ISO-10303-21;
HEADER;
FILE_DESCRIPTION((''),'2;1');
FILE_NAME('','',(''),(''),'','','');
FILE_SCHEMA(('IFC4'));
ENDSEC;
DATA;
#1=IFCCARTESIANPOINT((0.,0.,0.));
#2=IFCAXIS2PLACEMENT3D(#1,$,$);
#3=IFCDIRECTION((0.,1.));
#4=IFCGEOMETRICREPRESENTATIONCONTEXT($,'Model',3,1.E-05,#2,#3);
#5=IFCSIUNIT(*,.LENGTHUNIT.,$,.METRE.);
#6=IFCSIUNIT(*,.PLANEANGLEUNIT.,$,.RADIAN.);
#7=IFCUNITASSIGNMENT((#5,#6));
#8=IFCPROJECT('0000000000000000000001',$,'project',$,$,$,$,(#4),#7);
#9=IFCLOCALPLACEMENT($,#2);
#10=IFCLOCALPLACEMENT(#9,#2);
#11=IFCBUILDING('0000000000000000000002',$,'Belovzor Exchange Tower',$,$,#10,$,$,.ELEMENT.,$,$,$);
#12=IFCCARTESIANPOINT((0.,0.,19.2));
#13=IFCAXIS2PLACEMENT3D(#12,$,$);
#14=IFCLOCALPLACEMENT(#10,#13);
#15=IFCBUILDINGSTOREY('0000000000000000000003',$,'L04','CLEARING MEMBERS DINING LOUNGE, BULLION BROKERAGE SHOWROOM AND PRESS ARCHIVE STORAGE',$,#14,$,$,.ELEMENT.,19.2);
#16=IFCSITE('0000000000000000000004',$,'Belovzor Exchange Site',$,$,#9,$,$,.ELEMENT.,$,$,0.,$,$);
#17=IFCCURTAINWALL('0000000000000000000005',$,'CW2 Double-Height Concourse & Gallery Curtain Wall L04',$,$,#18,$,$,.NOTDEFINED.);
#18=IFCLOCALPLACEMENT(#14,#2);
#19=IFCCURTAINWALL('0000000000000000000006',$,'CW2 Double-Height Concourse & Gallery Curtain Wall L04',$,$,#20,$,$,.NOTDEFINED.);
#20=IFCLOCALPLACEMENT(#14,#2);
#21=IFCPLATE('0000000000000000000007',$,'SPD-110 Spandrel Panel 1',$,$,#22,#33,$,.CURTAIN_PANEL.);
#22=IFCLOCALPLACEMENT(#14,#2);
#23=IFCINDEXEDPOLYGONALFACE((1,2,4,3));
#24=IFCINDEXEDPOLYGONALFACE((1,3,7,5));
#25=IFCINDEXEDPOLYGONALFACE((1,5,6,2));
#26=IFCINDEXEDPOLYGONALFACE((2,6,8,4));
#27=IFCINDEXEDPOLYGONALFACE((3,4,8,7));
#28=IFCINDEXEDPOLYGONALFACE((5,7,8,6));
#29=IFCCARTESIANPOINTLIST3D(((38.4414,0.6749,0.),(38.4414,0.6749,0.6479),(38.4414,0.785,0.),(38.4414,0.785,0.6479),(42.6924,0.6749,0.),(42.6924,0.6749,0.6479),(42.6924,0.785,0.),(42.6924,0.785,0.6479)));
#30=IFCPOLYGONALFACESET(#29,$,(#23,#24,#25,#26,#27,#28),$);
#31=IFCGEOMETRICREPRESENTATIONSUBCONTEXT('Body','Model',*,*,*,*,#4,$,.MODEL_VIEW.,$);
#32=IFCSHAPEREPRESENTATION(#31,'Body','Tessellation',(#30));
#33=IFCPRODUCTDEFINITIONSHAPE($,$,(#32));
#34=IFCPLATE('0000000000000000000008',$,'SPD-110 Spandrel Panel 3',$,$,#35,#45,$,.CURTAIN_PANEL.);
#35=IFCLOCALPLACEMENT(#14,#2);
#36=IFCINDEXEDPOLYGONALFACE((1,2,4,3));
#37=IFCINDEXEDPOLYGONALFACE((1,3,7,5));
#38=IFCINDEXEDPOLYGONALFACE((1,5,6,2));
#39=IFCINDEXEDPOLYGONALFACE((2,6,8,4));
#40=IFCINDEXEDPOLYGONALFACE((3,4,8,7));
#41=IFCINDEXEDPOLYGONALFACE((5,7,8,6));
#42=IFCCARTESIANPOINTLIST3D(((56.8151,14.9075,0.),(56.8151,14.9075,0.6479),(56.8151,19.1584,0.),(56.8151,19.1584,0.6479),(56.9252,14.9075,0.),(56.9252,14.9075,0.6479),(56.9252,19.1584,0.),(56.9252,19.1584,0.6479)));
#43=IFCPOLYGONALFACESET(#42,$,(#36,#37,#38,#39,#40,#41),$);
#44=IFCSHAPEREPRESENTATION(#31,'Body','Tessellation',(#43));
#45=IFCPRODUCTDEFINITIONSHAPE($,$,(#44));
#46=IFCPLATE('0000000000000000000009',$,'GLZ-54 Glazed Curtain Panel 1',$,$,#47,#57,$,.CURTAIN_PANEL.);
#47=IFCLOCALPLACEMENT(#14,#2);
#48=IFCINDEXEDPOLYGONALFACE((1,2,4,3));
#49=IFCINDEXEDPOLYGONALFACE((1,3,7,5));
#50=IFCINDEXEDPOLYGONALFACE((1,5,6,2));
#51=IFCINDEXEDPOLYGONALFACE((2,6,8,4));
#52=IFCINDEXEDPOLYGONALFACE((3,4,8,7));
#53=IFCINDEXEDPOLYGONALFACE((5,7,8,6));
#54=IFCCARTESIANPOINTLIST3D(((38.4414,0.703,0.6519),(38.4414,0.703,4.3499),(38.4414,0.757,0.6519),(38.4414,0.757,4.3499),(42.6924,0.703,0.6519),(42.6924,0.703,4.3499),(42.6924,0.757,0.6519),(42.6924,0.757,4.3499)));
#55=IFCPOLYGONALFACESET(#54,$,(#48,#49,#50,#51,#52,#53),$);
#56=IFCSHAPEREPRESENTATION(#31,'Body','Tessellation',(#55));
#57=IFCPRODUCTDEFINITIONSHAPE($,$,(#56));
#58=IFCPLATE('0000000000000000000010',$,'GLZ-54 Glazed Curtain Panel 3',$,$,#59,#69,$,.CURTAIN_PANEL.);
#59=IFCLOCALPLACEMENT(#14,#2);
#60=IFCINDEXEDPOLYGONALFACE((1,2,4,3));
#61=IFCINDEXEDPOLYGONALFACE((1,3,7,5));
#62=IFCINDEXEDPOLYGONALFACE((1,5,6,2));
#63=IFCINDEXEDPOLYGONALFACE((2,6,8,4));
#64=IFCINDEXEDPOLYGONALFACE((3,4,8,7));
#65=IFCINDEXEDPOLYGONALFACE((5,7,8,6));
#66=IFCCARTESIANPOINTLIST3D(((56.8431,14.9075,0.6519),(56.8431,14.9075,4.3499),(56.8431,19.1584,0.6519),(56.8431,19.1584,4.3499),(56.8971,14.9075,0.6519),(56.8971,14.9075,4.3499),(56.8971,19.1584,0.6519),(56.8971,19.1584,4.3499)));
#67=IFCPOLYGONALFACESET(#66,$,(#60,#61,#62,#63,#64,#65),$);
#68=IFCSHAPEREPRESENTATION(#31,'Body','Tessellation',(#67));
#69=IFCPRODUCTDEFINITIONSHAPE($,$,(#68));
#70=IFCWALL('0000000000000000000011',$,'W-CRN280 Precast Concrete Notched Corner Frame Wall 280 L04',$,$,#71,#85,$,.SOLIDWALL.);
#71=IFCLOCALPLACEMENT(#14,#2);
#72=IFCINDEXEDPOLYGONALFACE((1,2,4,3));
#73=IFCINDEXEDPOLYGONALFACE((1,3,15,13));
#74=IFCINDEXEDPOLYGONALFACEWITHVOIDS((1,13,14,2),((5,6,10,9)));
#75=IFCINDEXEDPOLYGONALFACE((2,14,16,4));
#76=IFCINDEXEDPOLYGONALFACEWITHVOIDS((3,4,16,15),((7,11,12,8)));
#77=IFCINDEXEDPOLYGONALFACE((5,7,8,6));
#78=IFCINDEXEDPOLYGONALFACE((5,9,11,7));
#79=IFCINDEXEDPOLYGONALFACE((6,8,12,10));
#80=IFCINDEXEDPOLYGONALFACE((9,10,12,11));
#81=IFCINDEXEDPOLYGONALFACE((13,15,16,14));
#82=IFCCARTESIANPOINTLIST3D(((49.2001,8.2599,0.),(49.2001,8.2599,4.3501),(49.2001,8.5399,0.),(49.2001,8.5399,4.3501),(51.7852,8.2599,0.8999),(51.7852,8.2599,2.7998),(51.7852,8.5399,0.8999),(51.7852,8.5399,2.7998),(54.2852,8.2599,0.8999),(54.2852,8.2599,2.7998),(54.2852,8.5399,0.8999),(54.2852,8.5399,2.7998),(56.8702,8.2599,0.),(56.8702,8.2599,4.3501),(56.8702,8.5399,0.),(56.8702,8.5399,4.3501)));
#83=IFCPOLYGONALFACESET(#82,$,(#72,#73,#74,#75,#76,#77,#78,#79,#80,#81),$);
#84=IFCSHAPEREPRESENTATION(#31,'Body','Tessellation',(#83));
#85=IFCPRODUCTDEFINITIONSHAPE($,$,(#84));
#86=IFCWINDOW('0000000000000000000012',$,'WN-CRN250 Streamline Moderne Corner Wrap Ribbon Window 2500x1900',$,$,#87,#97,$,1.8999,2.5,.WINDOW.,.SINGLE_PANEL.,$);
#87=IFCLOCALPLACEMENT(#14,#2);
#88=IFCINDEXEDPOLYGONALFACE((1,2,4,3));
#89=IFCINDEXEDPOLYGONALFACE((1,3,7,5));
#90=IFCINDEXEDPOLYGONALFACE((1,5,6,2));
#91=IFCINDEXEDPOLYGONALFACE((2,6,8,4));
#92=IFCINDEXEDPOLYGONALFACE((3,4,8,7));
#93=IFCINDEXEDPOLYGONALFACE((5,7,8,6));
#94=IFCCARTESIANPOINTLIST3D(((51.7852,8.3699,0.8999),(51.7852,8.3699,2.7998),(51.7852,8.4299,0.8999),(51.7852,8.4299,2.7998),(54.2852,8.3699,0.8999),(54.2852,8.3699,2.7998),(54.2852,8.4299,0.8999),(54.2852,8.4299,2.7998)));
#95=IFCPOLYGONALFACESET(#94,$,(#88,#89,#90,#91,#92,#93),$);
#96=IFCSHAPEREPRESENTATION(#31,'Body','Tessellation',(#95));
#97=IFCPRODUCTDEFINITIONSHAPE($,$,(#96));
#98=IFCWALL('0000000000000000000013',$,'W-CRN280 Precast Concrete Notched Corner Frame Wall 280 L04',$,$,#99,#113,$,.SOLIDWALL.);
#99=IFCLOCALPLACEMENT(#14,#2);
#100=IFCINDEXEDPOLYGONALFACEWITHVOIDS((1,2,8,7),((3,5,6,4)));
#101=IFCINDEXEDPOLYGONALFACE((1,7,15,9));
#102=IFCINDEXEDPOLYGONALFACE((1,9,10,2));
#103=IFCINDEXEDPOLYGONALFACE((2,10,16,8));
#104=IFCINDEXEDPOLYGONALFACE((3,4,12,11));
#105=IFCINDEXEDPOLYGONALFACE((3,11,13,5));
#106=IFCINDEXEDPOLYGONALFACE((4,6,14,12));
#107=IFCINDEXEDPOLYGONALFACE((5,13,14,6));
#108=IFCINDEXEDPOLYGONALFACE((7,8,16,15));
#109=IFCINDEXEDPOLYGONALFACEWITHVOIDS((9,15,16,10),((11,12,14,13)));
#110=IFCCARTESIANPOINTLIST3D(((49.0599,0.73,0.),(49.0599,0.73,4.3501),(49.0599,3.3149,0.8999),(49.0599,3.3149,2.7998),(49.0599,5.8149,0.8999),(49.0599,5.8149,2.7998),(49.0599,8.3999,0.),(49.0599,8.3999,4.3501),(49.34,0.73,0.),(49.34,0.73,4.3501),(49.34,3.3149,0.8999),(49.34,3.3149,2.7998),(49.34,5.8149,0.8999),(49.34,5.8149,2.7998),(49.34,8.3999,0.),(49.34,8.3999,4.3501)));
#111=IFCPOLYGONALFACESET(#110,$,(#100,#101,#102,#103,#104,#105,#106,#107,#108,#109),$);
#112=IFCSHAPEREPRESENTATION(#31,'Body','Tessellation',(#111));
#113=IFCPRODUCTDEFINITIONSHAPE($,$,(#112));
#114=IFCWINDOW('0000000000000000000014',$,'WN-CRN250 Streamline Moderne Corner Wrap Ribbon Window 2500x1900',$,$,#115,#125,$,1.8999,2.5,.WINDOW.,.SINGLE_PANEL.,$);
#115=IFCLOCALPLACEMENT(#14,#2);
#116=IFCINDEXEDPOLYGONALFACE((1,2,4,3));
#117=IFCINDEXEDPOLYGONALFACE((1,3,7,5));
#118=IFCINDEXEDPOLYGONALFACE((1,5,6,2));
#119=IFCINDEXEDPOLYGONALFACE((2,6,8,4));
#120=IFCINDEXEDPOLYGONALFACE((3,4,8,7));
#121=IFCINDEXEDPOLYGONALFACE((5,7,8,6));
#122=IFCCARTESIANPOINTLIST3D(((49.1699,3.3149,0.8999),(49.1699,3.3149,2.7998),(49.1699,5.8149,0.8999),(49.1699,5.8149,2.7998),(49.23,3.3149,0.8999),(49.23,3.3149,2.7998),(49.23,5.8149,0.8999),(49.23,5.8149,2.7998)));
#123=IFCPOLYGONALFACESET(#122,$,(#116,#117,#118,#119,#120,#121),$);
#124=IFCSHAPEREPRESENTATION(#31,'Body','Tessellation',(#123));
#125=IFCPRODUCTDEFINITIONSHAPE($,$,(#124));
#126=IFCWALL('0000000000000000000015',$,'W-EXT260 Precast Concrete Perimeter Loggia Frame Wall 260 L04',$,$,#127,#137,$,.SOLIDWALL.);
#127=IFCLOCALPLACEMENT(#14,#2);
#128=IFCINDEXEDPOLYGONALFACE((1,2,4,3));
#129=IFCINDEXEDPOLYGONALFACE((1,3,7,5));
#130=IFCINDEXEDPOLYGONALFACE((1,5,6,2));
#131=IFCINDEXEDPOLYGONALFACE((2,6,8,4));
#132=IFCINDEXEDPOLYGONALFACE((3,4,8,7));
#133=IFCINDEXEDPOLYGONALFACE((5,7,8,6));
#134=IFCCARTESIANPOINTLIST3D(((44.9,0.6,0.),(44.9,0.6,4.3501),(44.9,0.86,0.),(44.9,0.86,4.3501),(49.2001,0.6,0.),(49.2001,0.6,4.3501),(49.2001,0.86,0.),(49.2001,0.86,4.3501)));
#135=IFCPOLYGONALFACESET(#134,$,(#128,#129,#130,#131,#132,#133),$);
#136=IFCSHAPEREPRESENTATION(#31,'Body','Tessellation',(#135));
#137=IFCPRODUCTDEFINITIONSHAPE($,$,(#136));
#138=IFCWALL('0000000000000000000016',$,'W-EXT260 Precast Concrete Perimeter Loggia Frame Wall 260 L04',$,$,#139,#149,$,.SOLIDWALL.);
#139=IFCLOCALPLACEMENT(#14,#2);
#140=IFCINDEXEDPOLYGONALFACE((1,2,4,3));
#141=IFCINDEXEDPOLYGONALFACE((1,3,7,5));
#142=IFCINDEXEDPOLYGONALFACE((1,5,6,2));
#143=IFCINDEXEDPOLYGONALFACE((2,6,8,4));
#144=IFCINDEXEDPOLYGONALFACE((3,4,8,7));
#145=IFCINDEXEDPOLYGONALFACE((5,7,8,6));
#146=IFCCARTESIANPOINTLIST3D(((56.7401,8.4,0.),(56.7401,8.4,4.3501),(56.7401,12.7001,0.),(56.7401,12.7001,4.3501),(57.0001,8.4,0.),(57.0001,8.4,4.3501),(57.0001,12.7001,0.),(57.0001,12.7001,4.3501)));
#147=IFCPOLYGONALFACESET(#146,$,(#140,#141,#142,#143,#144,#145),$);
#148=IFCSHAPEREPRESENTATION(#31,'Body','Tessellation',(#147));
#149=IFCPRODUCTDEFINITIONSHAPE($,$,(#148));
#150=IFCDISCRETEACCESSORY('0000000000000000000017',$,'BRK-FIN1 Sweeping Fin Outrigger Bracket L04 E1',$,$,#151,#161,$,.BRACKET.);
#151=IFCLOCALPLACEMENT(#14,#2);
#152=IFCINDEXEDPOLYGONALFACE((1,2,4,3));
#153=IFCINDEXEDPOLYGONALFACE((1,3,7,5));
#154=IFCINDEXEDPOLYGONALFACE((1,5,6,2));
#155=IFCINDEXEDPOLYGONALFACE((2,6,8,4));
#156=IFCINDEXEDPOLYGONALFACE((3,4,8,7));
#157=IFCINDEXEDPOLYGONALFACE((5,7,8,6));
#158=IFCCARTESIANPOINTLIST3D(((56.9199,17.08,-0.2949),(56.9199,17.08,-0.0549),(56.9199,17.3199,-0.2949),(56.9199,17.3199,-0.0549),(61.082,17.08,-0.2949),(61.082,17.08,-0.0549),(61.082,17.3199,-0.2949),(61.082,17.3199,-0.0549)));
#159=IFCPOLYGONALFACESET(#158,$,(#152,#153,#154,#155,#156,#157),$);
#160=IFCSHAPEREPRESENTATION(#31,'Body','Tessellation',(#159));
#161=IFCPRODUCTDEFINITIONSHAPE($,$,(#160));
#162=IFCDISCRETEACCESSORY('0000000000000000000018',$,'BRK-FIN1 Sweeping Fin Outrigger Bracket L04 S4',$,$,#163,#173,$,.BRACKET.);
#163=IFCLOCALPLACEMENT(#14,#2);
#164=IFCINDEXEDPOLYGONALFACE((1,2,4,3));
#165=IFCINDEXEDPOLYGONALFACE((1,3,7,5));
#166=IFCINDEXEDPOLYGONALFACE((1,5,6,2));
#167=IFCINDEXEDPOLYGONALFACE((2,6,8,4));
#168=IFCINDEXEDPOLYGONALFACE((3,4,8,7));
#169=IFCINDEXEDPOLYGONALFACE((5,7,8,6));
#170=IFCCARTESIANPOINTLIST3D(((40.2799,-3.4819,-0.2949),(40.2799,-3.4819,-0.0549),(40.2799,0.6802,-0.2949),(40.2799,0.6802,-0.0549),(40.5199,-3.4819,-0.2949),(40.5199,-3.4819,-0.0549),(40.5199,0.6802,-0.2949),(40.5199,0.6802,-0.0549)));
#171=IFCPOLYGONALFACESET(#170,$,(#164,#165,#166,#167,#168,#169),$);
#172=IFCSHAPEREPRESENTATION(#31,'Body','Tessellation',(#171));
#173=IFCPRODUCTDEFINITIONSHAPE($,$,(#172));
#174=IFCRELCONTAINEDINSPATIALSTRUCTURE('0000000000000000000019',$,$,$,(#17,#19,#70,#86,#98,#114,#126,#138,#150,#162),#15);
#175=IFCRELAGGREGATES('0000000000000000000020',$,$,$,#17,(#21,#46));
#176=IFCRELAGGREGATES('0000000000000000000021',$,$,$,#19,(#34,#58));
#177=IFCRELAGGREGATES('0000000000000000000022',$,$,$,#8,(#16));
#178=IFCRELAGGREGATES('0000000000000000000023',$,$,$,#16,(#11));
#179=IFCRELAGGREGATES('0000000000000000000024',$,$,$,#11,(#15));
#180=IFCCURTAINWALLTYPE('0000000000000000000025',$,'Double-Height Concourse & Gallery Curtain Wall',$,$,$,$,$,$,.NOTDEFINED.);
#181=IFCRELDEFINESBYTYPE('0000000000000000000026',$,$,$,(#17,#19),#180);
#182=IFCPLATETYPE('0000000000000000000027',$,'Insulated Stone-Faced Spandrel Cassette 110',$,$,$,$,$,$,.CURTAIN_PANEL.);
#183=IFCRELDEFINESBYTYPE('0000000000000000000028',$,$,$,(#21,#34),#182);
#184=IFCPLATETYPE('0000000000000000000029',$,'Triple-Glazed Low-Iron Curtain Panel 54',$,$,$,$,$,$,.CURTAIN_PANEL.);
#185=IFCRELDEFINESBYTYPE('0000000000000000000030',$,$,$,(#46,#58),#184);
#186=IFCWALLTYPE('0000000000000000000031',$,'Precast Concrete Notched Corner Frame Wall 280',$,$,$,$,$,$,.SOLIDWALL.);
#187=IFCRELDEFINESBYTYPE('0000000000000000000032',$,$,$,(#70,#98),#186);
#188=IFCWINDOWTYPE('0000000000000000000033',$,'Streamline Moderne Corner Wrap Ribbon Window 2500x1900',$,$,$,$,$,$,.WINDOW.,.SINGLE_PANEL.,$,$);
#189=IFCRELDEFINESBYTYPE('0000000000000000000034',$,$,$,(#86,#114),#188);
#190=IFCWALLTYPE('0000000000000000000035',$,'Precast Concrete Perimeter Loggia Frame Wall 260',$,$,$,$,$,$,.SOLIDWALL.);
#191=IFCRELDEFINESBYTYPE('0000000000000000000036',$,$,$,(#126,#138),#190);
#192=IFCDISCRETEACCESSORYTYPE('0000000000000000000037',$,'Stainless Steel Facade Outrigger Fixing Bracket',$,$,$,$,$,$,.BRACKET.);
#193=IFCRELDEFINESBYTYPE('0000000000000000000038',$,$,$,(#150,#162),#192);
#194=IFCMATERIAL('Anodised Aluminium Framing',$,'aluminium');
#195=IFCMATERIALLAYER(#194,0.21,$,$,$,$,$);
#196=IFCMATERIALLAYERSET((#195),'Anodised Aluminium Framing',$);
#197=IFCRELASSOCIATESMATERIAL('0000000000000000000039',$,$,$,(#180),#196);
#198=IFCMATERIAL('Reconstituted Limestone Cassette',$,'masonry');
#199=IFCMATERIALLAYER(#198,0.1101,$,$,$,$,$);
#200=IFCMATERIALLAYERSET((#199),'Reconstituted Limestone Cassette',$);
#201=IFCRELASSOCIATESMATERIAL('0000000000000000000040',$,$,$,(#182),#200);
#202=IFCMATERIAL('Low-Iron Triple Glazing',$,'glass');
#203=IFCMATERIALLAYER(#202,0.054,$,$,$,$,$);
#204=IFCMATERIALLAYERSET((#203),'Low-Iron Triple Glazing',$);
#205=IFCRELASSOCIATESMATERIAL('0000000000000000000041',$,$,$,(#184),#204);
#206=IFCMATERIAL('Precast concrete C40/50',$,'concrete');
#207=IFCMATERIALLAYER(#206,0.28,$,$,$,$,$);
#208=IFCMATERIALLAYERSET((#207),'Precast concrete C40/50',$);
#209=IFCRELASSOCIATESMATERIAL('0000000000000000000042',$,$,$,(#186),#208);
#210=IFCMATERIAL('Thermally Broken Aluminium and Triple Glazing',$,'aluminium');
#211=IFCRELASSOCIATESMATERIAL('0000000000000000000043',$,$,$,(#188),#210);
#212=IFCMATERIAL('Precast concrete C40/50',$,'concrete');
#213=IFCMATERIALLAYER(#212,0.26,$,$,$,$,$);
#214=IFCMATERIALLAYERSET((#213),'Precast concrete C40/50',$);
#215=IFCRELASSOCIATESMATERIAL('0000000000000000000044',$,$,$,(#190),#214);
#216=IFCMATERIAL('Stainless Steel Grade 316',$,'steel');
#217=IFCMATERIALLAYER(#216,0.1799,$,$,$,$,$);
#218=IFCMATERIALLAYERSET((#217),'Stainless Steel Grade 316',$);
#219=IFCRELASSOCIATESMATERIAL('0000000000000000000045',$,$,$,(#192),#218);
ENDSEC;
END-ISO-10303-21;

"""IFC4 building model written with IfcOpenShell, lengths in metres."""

from ifc_helpers import new_model, si_unit, direction, frame, frame_2d, origin, origin_2d, place, context, subcontext, project, spatial, rectangle, extrude, material, layer, layer_set, type_object, element, fill, aggregate, save


model = new_model("IFC4")

# Units and contexts
model_context = context("Model", 3, precision=1e-05, world=origin(), true_north=direction((0.0, 1.0)))
body_context = subcontext(model_context, "Body", "Model", "MODEL_VIEW")
ifc_project = project(units=[si_unit("LENGTHUNIT", "METRE"), si_unit("PLANEANGLEUNIT", "RADIAN")], contexts=[model_context])

# Site, building, storey
site_placement = place(None, origin())
site = spatial("IfcSite", under=ifc_project, at=site_placement, Name="Belovzor Exchange Site", CompositionType="ELEMENT", RefElevation=0.0)
building_placement = place(site_placement, origin())
building = spatial("IfcBuilding", under=site, at=building_placement, Name="Belovzor Exchange Tower", CompositionType="ELEMENT")
storey_placement = place(building_placement, frame((0.0, 0.0, 19.2)))
storey = spatial("IfcBuildingStorey", under=building, at=storey_placement, Name="L04", Description="CLEARING MEMBERS DINING LOUNGE, BULLION BROKERAGE SHOWROOM AND PRESS ARCHIVE STORAGE", CompositionType="ELEMENT", Elevation=19.2)

# Curtain walls
ifc_material_1 = material(Name="Anodised Aluminium Framing", Category="aluminium")
ifc_layer_1 = layer(ifc_material_1, 0.21)
ifc_layer_set_1 = layer_set([ifc_layer_1], Name="Anodised Aluminium Framing")
curtain_wall_type = type_object("IfcCurtainWallType", Name="Double-Height Concourse & Gallery Curtain Wall", PredefinedType="NOTDEFINED", material=ifc_layer_set_1)
curtain_wall_1_placement = place(storey_placement, origin())
curtain_wall_1 = element("IfcCurtainWall", 1, at=curtain_wall_1_placement, inside=storey, type_object=curtain_wall_type, Name="CW2 Double-Height Concourse & Gallery Curtain Wall L04", PredefinedType="NOTDEFINED")
curtain_wall_2_placement = place(storey_placement, origin())
curtain_wall_2 = element("IfcCurtainWall", 2, at=curtain_wall_2_placement, inside=storey, type_object=curtain_wall_type, Name="CW2 Double-Height Concourse & Gallery Curtain Wall L04", PredefinedType="NOTDEFINED")

# Plates
ifc_material_2 = material(Name="Reconstituted Limestone Cassette", Category="masonry")
ifc_layer_2 = layer(ifc_material_2, 0.1101)
ifc_layer_set_2 = layer_set([ifc_layer_2], Name="Reconstituted Limestone Cassette")
plate_type_1 = type_object("IfcPlateType", Name="Insulated Stone-Faced Spandrel Cassette 110", PredefinedType="CURTAIN_PANEL", material=ifc_layer_set_2)
plate_1_placement = place(storey_placement, frame((40.5669, 0.73, 0.0), z_axis=(0.0, 0.0, 1.0), x_axis=(-1.0, 0.0, 0.0)))
plate_1 = element("IfcPlate", 3, at=plate_1_placement, type_object=plate_type_1, Name="SPD-110 Spandrel Panel 1", PredefinedType="CURTAIN_PANEL", context=body_context, shape_type="SweptSolid", body=[
    extrude(rectangle(XDim=4.251, YDim=0.1101, at=origin_2d()), origin(), (0.0, 0.0, 1.0), 0.6479),
])
plate_2_placement = place(storey_placement, frame((56.8701, 17.033, 0.0), z_axis=(0.0, 0.0, 1.0), x_axis=(0.0, -1.0, 0.0)))
plate_2 = element("IfcPlate", 4, at=plate_2_placement, type_object=plate_type_1, Name="SPD-110 Spandrel Panel 3", PredefinedType="CURTAIN_PANEL", context=body_context, shape_type="SweptSolid", body=[
    extrude(rectangle(XDim=4.251, YDim=0.1101, at=origin_2d()), origin(), (0.0, 0.0, 1.0), 0.6479),
])
ifc_material_3 = material(Name="Low-Iron Triple Glazing", Category="glass")
ifc_layer_3 = layer(ifc_material_3, 0.054)
ifc_layer_set_3 = layer_set([ifc_layer_3], Name="Low-Iron Triple Glazing")
plate_type_2 = type_object("IfcPlateType", Name="Triple-Glazed Low-Iron Curtain Panel 54", PredefinedType="CURTAIN_PANEL", material=ifc_layer_set_3)
plate_3_placement = place(storey_placement, frame((40.5669, 0.73, 0.6519), z_axis=(0.0, 0.0, 1.0), x_axis=(-1.0, 0.0, 0.0)))
plate_3 = element("IfcPlate", 5, at=plate_3_placement, type_object=plate_type_2, Name="GLZ-54 Glazed Curtain Panel 1", PredefinedType="CURTAIN_PANEL", context=body_context, shape_type="SweptSolid", body=[
    extrude(rectangle(XDim=4.251, YDim=0.054, at=origin_2d()), origin(), (0.0, 0.0, 1.0), 3.698),
])
aggregate(curtain_wall_1, [plate_1, plate_3])
plate_4_placement = place(storey_placement, frame((56.8701, 17.033, 0.6519), z_axis=(0.0, 0.0, 1.0), x_axis=(0.0, -1.0, 0.0)))
plate_4 = element("IfcPlate", 6, at=plate_4_placement, type_object=plate_type_2, Name="GLZ-54 Glazed Curtain Panel 3", PredefinedType="CURTAIN_PANEL", context=body_context, shape_type="SweptSolid", body=[
    extrude(rectangle(XDim=4.251, YDim=0.054, at=origin_2d()), origin(), (0.0, 0.0, 1.0), 3.698),
])
aggregate(curtain_wall_2, [plate_2, plate_4])

# Walls, openings, windows
ifc_material_4 = material(Name="Precast concrete C40/50", Category="concrete")
ifc_layer_4 = layer(ifc_material_4, 0.28)
ifc_layer_set_4 = layer_set([ifc_layer_4], Name="Precast concrete C40/50")
wall_type_1 = type_object("IfcWallType", Name="Precast Concrete Notched Corner Frame Wall 280", PredefinedType="SOLIDWALL", material=ifc_layer_set_4)
wall_1_placement = place(storey_placement, frame((56.8701, 8.3999, 0.0), z_axis=(0.0, 0.0, 1.0), x_axis=(-1.0, 0.0, 0.0)))
wall_1 = element("IfcWall", 7, at=wall_1_placement, inside=storey, type_object=wall_type_1, Name="W-CRN280 Precast Concrete Notched Corner Frame Wall 280 L04", PredefinedType="SOLIDWALL", context=body_context, shape_type="SweptSolid", body=[
    extrude(rectangle(XDim=7.6702, YDim=0.28, at=frame_2d((3.835, 0.0))), origin(), (0.0, 0.0, 1.0), 4.3501),
])
opening_1_placement = place(wall_1_placement, frame((2.585, 0.0, 0.8999)))
opening_1 = element("IfcOpeningElement", 8, at=opening_1_placement, cuts=wall_1, PredefinedType="OPENING", context=body_context, shape_type="SweptSolid", body=[
    extrude(rectangle(XDim=2.5, YDim=1.8999, at=frame_2d((1.25, 0.95))), frame((0.0, 0.1499, 0.0), z_axis=(0.0, -1.0, 0.0), x_axis=(1.0, 0.0, 0.0)), (0.0, 0.0, 1.0), 0.3),
])
ifc_material_5 = material(Name="Thermally Broken Aluminium and Triple Glazing", Category="aluminium")
window_type = type_object("IfcWindowType", Name="Streamline Moderne Corner Wrap Ribbon Window 2500x1900", PartitioningType="SINGLE_PANEL", PredefinedType="WINDOW", material=ifc_material_5)
window_1_placement = place(opening_1_placement, origin())
window_1 = element("IfcWindow", 9, at=window_1_placement, inside=storey, type_object=window_type, Name="WN-CRN250 Streamline Moderne Corner Wrap Ribbon Window 2500x1900", OverallHeight=1.8999, OverallWidth=2.5, PartitioningType="SINGLE_PANEL", PredefinedType="WINDOW", context=body_context, shape_type="SweptSolid", body=[
    extrude(rectangle(XDim=2.5, YDim=1.8999, at=frame_2d((1.25, 0.95))), frame((0.0, 0.03, 0.0), z_axis=(0.0, -1.0, 0.0), x_axis=(1.0, 0.0, 0.0)), (0.0, 0.0, 1.0), 0.0601),
])
fill(opening_1, window_1)
wall_2_placement = place(storey_placement, frame((49.2, 8.3999, 0.0), z_axis=(0.0, 0.0, 1.0), x_axis=(0.0, -1.0, 0.0)))
wall_2 = element("IfcWall", 10, at=wall_2_placement, inside=storey, type_object=wall_type_1, Name="W-CRN280 Precast Concrete Notched Corner Frame Wall 280 L04", PredefinedType="SOLIDWALL", context=body_context, shape_type="SweptSolid", body=[
    extrude(rectangle(XDim=7.6699, YDim=0.28, at=frame_2d((3.835, 0.0))), origin(), (0.0, 0.0, 1.0), 4.3501),
])
opening_2_placement = place(wall_2_placement, frame((2.585, 0.0, 0.8999)))
opening_2 = element("IfcOpeningElement", 11, at=opening_2_placement, cuts=wall_2, PredefinedType="OPENING", context=body_context, shape_type="SweptSolid", body=[
    extrude(rectangle(XDim=2.5, YDim=1.8999, at=frame_2d((1.25, 0.95))), frame((0.0, 0.1499, 0.0), z_axis=(0.0, -1.0, 0.0), x_axis=(1.0, 0.0, 0.0)), (0.0, 0.0, 1.0), 0.3),
])
window_2_placement = place(opening_2_placement, origin())
window_2 = element("IfcWindow", 12, at=window_2_placement, inside=storey, type_object=window_type, Name="WN-CRN250 Streamline Moderne Corner Wrap Ribbon Window 2500x1900", OverallHeight=1.8999, OverallWidth=2.5, PartitioningType="SINGLE_PANEL", PredefinedType="WINDOW", context=body_context, shape_type="SweptSolid", body=[
    extrude(rectangle(XDim=2.5, YDim=1.8999, at=frame_2d((1.25, 0.95))), frame((0.0, 0.03, 0.0), z_axis=(0.0, -1.0, 0.0), x_axis=(1.0, 0.0, 0.0)), (0.0, 0.0, 1.0), 0.0601),
])
fill(opening_2, window_2)

# Walls
ifc_material_6 = material(Name="Precast concrete C40/50", Category="concrete")
ifc_layer_5 = layer(ifc_material_6, 0.26)
ifc_layer_set_5 = layer_set([ifc_layer_5], Name="Precast concrete C40/50")
wall_type_2 = type_object("IfcWallType", Name="Precast Concrete Perimeter Loggia Frame Wall 260", PredefinedType="SOLIDWALL", material=ifc_layer_set_5)
for number, where, z_axis, x_axis, name in (
    (13, (49.2, 0.73, 0.0), (0.0, 0.0, 1.0), (-1.0, 0.0, 0.0), "W-EXT260 Precast Concrete Perimeter Loggia Frame Wall 260 L04"),
    (14, (56.8701, 12.7, 0.0), (0.0, 0.0, 1.0), (0.0, -1.0, 0.0), "W-EXT260 Precast Concrete Perimeter Loggia Frame Wall 260 L04"),
):
    element("IfcWall", number, at=place(storey_placement, frame(where, z_axis=z_axis, x_axis=x_axis)), inside=storey, type_object=wall_type_2, Name=name, PredefinedType="SOLIDWALL", context=body_context, shape_type="SweptSolid", body=[
        extrude(rectangle(XDim=4.3, YDim=0.26, at=frame_2d((2.1499, 0.0))), origin(), (0.0, 0.0, 1.0), 4.3501),
    ])

# Discrete accessories
ifc_material_7 = material(Name="Stainless Steel Grade 316", Category="steel")
ifc_layer_6 = layer(ifc_material_7, 0.1799)
ifc_layer_set_6 = layer_set([ifc_layer_6], Name="Stainless Steel Grade 316")
discrete_accessory_type = type_object("IfcDiscreteAccessoryType", Name="Stainless Steel Facade Outrigger Fixing Bracket", PredefinedType="BRACKET", material=ifc_layer_set_6)
for number, where, z_axis, x_axis, name in (
    (15, (59.001, 17.2, -0.2949), (0.0, 0.0, 1.0), (1.0, 0.0, 0.0), "BRK-FIN1 Sweeping Fin Outrigger Bracket L04 E1"),
    (16, (40.3999, -1.4009, -0.2949), (0.0, 0.0, 1.0), (0.0, 1.0, 0.0), "BRK-FIN1 Sweeping Fin Outrigger Bracket L04 S4"),
):
    element("IfcDiscreteAccessory", number, at=place(storey_placement, frame(where, z_axis=z_axis, x_axis=x_axis)), inside=storey, type_object=discrete_accessory_type, Name=name, PredefinedType="BRACKET", context=body_context, shape_type="SweptSolid", body=[
        extrude(rectangle(XDim=4.1621, YDim=0.24, at=origin_2d()), origin(), (0.0, 0.0, 1.0), 0.24),
    ])

save(model, "model.ifc")
